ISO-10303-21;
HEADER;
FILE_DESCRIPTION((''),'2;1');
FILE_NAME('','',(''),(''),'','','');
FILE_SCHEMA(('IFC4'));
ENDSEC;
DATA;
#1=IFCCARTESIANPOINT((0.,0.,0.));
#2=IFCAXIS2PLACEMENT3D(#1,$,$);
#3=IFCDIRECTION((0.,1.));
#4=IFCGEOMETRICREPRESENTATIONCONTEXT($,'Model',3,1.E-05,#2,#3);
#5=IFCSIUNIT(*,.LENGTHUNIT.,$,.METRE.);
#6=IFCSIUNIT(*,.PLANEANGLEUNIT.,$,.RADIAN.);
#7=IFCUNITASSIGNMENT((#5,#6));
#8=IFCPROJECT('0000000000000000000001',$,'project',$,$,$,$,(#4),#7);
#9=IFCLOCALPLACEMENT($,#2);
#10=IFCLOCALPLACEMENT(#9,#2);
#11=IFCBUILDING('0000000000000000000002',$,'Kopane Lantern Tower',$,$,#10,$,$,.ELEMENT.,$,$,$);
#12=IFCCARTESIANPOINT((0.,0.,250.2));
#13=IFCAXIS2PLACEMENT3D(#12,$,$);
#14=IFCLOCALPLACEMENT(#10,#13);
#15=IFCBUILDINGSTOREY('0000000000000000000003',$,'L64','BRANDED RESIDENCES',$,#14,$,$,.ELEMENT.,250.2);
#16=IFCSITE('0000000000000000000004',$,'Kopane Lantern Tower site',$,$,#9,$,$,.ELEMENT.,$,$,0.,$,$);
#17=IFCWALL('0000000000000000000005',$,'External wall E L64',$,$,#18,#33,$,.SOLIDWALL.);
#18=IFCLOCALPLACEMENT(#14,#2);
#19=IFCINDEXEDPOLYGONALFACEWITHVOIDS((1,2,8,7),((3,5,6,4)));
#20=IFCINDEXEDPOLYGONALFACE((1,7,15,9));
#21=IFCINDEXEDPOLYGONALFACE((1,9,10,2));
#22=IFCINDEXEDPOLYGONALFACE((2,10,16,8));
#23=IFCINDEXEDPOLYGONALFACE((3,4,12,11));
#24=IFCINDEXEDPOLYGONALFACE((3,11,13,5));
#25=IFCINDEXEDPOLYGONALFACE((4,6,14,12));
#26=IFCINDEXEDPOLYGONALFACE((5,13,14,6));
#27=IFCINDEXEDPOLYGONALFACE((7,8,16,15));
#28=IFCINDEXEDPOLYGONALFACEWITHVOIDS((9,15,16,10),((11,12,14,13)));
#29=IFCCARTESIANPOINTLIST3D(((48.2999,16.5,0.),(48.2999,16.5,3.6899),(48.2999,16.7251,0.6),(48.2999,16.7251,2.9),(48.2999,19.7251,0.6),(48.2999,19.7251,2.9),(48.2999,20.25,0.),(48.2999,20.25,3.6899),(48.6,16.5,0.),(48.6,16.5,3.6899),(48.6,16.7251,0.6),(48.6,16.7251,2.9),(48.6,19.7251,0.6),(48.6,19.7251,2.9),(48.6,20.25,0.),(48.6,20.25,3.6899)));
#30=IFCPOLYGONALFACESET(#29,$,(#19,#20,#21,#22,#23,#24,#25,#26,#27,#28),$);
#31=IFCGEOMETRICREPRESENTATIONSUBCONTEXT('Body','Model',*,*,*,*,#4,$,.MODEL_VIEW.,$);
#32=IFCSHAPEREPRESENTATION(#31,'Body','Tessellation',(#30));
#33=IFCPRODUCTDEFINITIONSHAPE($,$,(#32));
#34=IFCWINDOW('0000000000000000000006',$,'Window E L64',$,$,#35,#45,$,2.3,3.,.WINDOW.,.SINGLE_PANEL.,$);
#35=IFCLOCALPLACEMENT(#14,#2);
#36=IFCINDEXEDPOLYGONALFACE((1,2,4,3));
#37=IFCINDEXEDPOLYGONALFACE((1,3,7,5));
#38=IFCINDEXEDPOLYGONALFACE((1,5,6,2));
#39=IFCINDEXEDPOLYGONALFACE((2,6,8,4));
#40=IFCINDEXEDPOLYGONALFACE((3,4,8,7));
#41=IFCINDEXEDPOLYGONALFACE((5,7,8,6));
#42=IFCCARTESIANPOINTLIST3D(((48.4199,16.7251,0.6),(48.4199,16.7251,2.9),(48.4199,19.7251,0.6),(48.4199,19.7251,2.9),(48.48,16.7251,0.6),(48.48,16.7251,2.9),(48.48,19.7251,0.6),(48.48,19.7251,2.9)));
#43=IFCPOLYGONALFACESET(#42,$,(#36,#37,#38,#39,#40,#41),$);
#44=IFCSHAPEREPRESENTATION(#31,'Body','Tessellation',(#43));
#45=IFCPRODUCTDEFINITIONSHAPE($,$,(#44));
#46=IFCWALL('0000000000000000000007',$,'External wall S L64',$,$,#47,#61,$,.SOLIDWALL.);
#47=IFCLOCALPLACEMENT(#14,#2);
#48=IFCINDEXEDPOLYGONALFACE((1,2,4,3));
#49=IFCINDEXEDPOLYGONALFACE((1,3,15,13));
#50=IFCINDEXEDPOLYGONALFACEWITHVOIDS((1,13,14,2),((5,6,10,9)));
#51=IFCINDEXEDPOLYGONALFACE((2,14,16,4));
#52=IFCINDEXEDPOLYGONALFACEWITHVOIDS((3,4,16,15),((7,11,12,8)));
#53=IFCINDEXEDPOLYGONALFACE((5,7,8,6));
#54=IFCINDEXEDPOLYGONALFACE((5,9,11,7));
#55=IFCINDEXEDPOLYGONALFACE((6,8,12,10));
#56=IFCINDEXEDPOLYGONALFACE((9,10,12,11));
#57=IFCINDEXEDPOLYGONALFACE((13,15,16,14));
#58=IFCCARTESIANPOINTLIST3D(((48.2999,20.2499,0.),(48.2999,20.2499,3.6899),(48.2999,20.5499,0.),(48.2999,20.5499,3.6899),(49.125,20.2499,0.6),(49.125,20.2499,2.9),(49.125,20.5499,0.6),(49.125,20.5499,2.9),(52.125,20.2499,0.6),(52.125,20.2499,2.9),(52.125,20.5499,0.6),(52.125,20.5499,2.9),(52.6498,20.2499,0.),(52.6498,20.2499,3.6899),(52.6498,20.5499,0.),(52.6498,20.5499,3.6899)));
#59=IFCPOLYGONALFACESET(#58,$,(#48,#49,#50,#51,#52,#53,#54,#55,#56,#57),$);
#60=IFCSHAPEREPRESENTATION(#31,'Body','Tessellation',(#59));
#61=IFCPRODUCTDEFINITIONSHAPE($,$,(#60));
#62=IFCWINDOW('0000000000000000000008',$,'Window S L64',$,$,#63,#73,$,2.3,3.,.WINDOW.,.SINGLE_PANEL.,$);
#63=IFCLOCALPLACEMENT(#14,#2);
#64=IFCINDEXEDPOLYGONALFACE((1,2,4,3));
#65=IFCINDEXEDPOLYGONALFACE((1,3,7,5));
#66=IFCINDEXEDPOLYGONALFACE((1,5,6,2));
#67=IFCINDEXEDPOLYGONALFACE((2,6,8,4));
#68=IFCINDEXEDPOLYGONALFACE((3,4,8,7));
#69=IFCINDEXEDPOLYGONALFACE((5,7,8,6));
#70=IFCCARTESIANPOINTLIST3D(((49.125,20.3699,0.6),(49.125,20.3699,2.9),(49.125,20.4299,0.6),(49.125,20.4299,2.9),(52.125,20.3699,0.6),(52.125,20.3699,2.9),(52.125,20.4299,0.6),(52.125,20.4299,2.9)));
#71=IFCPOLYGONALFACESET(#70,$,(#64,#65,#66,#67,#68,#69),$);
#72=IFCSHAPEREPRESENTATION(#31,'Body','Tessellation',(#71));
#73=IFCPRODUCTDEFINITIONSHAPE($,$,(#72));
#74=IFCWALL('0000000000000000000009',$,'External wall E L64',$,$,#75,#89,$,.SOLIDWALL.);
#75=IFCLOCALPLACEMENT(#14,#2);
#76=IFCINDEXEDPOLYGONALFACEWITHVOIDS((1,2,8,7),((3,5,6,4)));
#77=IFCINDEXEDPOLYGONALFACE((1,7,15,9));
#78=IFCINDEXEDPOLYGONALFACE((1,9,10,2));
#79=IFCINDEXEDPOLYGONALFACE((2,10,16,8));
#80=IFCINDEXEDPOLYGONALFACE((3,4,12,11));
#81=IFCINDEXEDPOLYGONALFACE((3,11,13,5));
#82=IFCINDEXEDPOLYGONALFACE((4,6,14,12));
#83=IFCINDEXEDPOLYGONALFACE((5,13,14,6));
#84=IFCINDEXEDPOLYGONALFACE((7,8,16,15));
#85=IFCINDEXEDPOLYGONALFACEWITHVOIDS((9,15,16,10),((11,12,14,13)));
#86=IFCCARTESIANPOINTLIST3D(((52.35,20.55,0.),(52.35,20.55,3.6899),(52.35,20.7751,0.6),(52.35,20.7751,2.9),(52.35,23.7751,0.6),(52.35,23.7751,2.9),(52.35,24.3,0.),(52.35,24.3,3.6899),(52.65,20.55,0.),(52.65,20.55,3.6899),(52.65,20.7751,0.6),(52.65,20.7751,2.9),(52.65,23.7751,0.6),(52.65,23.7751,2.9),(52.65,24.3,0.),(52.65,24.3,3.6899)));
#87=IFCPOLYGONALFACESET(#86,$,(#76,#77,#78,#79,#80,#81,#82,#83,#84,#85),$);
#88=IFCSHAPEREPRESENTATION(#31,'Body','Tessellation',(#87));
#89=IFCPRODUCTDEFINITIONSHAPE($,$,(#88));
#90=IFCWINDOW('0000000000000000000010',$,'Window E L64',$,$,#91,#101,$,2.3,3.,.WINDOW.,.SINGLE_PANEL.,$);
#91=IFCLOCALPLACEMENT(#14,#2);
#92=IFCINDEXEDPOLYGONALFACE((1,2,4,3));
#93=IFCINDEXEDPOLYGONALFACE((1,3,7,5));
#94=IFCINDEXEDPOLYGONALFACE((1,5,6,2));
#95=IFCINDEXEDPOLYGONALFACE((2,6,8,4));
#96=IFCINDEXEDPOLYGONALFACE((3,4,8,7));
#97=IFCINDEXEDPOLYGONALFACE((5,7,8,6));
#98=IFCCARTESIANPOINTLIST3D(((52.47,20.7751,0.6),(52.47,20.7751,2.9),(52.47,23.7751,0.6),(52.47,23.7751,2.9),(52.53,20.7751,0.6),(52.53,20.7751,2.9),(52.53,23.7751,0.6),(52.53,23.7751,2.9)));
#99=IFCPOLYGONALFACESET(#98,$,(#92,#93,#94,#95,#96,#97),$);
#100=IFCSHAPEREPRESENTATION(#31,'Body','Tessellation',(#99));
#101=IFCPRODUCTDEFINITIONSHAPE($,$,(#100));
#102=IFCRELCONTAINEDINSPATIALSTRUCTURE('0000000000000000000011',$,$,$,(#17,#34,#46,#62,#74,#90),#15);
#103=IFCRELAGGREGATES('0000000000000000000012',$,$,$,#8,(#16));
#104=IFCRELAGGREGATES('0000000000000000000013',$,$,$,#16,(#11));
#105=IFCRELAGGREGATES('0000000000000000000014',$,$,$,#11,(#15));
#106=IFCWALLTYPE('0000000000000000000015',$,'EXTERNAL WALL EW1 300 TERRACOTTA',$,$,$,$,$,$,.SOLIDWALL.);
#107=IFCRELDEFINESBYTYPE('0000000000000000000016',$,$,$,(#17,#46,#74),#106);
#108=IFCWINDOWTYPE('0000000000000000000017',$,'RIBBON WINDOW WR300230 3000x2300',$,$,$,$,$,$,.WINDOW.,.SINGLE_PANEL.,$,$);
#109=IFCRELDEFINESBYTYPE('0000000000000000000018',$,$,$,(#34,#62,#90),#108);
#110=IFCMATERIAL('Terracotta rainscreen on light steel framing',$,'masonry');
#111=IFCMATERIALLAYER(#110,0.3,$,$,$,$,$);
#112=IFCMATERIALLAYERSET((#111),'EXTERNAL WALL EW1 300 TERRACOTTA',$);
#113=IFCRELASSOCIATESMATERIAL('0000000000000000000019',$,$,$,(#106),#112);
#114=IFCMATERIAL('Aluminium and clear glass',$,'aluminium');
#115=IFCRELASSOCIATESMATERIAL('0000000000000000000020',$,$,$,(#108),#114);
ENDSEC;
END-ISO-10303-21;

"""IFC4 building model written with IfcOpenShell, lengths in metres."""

from ifc_helpers import new_model, si_unit, direction, frame, frame_2d, origin, place, context, subcontext, project, spatial, rectangle, extrude, material, layer, layer_set, type_object, element, fill, save


model = new_model("IFC4")

# Units and contexts
model_context = context("Model", 3, precision=1e-05, world=origin(), true_north=direction((0.0, 1.0)))
body_context = subcontext(model_context, "Body", "Model", "MODEL_VIEW")
ifc_project = project(units=[si_unit("LENGTHUNIT", "METRE"), si_unit("PLANEANGLEUNIT", "RADIAN")], contexts=[model_context])

# Site, building, storey
site_placement = place(None, origin())
site = spatial("IfcSite", under=ifc_project, at=site_placement, Name="Kopane Lantern Tower site", CompositionType="ELEMENT", RefElevation=0.0)
building_placement = place(site_placement, origin())
building = spatial("IfcBuilding", under=site, at=building_placement, Name="Kopane Lantern Tower", CompositionType="ELEMENT")
storey_placement = place(building_placement, frame((0.0, 0.0, 250.2)))
storey = spatial("IfcBuildingStorey", under=building, at=storey_placement, Name="L64", Description="BRANDED RESIDENCES", CompositionType="ELEMENT", Elevation=250.2)

# Walls, openings, windows
ifc_material_1 = material(Name="Terracotta rainscreen on light steel framing", Category="masonry")
ifc_layer = layer(ifc_material_1, 0.3)
ifc_layer_set = layer_set([ifc_layer], Name="EXTERNAL WALL EW1 300 TERRACOTTA")
wall_type = type_object("IfcWallType", Name="EXTERNAL WALL EW1 300 TERRACOTTA", PredefinedType="SOLIDWALL", material=ifc_layer_set)
wall_1_placement = place(storey_placement, frame((48.45, 16.5, 0.0), z_axis=(0.0, 0.0, 1.0), x_axis=(0.0, 1.0, 0.0)))
wall_1 = element("IfcWall", 1, at=wall_1_placement, inside=storey, type_object=wall_type, Name="External wall E L64", PredefinedType="SOLIDWALL", context=body_context, shape_type="SweptSolid", body=[
    extrude(rectangle(XDim=3.75, YDim=0.3, at=frame_2d((1.875, 0.0))), origin(), (0.0, 0.0, 1.0), 3.6899),
])
opening_1_placement = place(wall_1_placement, frame((0.2251, 0.0, 0.6001)))
opening_1 = element("IfcOpeningElement", 2, at=opening_1_placement, cuts=wall_1, PredefinedType="OPENING", context=body_context, shape_type="SweptSolid", body=[
    extrude(rectangle(XDim=3.0, YDim=2.3, at=frame_2d((1.5, 1.1499))), frame((0.0, 0.1599, 0.0), z_axis=(0.0, -1.0, 0.0), x_axis=(1.0, 0.0, 0.0)), (0.0, 0.0, 1.0), 0.3201),
])
ifc_material_2 = material(Name="Aluminium and clear glass", Category="aluminium")
window_type = type_object("IfcWindowType", Name="RIBBON WINDOW WR300230 3000x2300", PartitioningType="SINGLE_PANEL", PredefinedType="WINDOW", material=ifc_material_2)
window_1_placement = place(opening_1_placement, origin())
window_1 = element("IfcWindow", 3, at=window_1_placement, inside=storey, type_object=window_type, Name="Window E L64", OverallHeight=2.3, OverallWidth=3.0, PartitioningType="SINGLE_PANEL", PredefinedType="WINDOW", context=body_context, shape_type="SweptSolid", body=[
    extrude(rectangle(XDim=3.0, YDim=2.3, at=frame_2d((1.5, 1.1499))), frame((0.0, 0.03, 0.0), z_axis=(0.0, -1.0, 0.0), x_axis=(1.0, 0.0, 0.0)), (0.0, 0.0, 1.0), 0.0601),
])
fill(opening_1, window_1)
wall_2_placement = place(storey_placement, frame((48.3, 20.3999, 0.0), z_axis=(0.0, 0.0, 1.0), x_axis=(1.0, 0.0, 0.0)))
wall_2 = element("IfcWall", 4, at=wall_2_placement, inside=storey, type_object=wall_type, Name="External wall S L64", PredefinedType="SOLIDWALL", context=body_context, shape_type="SweptSolid", body=[
    extrude(rectangle(XDim=4.3499, YDim=0.3, at=frame_2d((2.1748, 0.0))), origin(), (0.0, 0.0, 1.0), 3.6899),
])
opening_2_placement = place(wall_2_placement, frame((0.825, 0.0, 0.6001)))
opening_2 = element("IfcOpeningElement", 5, at=opening_2_placement, cuts=wall_2, PredefinedType="OPENING", context=body_context, shape_type="SweptSolid", body=[
    extrude(rectangle(XDim=3.0, YDim=2.3, at=frame_2d((1.5, 1.1499))), frame((0.0, 0.1599, 0.0), z_axis=(0.0, -1.0, 0.0), x_axis=(1.0, 0.0, 0.0)), (0.0, 0.0, 1.0), 0.3201),
])
window_2_placement = place(opening_2_placement, origin())
window_2 = element("IfcWindow", 6, at=window_2_placement, inside=storey, type_object=window_type, Name="Window S L64", OverallHeight=2.3, OverallWidth=3.0, PartitioningType="SINGLE_PANEL", PredefinedType="WINDOW", context=body_context, shape_type="SweptSolid", body=[
    extrude(rectangle(XDim=3.0, YDim=2.3, at=frame_2d((1.5, 1.1499))), frame((0.0, 0.03, 0.0), z_axis=(0.0, -1.0, 0.0), x_axis=(1.0, 0.0, 0.0)), (0.0, 0.0, 1.0), 0.0601),
])
fill(opening_2, window_2)
wall_3_placement = place(storey_placement, frame((52.5, 20.55, 0.0), z_axis=(0.0, 0.0, 1.0), x_axis=(0.0, 1.0, 0.0)))
wall_3 = element("IfcWall", 7, at=wall_3_placement, inside=storey, type_object=wall_type, Name="External wall E L64", PredefinedType="SOLIDWALL", context=body_context, shape_type="SweptSolid", body=[
    extrude(rectangle(XDim=3.75, YDim=0.3, at=frame_2d((1.875, 0.0))), origin(), (0.0, 0.0, 1.0), 3.6899),
])
opening_3_placement = place(wall_3_placement, frame((0.2251, 0.0, 0.6001)))
opening_3 = element("IfcOpeningElement", 8, at=opening_3_placement, cuts=wall_3, PredefinedType="OPENING", context=body_context, shape_type="SweptSolid", body=[
    extrude(rectangle(XDim=3.0, YDim=2.3, at=frame_2d((1.5, 1.1499))), frame((0.0, 0.1599, 0.0), z_axis=(0.0, -1.0, 0.0), x_axis=(1.0, 0.0, 0.0)), (0.0, 0.0, 1.0), 0.3201),
])
window_3_placement = place(opening_3_placement, origin())
window_3 = element("IfcWindow", 9, at=window_3_placement, inside=storey, type_object=window_type, Name="Window E L64", OverallHeight=2.3, OverallWidth=3.0, PartitioningType="SINGLE_PANEL", PredefinedType="WINDOW", context=body_context, shape_type="SweptSolid", body=[
    extrude(rectangle(XDim=3.0, YDim=2.3, at=frame_2d((1.5, 1.1499))), frame((0.0, 0.03, 0.0), z_axis=(0.0, -1.0, 0.0), x_axis=(1.0, 0.0, 0.0)), (0.0, 0.0, 1.0), 0.0601),
])
fill(opening_3, window_3)

save(model, "model.ifc")
